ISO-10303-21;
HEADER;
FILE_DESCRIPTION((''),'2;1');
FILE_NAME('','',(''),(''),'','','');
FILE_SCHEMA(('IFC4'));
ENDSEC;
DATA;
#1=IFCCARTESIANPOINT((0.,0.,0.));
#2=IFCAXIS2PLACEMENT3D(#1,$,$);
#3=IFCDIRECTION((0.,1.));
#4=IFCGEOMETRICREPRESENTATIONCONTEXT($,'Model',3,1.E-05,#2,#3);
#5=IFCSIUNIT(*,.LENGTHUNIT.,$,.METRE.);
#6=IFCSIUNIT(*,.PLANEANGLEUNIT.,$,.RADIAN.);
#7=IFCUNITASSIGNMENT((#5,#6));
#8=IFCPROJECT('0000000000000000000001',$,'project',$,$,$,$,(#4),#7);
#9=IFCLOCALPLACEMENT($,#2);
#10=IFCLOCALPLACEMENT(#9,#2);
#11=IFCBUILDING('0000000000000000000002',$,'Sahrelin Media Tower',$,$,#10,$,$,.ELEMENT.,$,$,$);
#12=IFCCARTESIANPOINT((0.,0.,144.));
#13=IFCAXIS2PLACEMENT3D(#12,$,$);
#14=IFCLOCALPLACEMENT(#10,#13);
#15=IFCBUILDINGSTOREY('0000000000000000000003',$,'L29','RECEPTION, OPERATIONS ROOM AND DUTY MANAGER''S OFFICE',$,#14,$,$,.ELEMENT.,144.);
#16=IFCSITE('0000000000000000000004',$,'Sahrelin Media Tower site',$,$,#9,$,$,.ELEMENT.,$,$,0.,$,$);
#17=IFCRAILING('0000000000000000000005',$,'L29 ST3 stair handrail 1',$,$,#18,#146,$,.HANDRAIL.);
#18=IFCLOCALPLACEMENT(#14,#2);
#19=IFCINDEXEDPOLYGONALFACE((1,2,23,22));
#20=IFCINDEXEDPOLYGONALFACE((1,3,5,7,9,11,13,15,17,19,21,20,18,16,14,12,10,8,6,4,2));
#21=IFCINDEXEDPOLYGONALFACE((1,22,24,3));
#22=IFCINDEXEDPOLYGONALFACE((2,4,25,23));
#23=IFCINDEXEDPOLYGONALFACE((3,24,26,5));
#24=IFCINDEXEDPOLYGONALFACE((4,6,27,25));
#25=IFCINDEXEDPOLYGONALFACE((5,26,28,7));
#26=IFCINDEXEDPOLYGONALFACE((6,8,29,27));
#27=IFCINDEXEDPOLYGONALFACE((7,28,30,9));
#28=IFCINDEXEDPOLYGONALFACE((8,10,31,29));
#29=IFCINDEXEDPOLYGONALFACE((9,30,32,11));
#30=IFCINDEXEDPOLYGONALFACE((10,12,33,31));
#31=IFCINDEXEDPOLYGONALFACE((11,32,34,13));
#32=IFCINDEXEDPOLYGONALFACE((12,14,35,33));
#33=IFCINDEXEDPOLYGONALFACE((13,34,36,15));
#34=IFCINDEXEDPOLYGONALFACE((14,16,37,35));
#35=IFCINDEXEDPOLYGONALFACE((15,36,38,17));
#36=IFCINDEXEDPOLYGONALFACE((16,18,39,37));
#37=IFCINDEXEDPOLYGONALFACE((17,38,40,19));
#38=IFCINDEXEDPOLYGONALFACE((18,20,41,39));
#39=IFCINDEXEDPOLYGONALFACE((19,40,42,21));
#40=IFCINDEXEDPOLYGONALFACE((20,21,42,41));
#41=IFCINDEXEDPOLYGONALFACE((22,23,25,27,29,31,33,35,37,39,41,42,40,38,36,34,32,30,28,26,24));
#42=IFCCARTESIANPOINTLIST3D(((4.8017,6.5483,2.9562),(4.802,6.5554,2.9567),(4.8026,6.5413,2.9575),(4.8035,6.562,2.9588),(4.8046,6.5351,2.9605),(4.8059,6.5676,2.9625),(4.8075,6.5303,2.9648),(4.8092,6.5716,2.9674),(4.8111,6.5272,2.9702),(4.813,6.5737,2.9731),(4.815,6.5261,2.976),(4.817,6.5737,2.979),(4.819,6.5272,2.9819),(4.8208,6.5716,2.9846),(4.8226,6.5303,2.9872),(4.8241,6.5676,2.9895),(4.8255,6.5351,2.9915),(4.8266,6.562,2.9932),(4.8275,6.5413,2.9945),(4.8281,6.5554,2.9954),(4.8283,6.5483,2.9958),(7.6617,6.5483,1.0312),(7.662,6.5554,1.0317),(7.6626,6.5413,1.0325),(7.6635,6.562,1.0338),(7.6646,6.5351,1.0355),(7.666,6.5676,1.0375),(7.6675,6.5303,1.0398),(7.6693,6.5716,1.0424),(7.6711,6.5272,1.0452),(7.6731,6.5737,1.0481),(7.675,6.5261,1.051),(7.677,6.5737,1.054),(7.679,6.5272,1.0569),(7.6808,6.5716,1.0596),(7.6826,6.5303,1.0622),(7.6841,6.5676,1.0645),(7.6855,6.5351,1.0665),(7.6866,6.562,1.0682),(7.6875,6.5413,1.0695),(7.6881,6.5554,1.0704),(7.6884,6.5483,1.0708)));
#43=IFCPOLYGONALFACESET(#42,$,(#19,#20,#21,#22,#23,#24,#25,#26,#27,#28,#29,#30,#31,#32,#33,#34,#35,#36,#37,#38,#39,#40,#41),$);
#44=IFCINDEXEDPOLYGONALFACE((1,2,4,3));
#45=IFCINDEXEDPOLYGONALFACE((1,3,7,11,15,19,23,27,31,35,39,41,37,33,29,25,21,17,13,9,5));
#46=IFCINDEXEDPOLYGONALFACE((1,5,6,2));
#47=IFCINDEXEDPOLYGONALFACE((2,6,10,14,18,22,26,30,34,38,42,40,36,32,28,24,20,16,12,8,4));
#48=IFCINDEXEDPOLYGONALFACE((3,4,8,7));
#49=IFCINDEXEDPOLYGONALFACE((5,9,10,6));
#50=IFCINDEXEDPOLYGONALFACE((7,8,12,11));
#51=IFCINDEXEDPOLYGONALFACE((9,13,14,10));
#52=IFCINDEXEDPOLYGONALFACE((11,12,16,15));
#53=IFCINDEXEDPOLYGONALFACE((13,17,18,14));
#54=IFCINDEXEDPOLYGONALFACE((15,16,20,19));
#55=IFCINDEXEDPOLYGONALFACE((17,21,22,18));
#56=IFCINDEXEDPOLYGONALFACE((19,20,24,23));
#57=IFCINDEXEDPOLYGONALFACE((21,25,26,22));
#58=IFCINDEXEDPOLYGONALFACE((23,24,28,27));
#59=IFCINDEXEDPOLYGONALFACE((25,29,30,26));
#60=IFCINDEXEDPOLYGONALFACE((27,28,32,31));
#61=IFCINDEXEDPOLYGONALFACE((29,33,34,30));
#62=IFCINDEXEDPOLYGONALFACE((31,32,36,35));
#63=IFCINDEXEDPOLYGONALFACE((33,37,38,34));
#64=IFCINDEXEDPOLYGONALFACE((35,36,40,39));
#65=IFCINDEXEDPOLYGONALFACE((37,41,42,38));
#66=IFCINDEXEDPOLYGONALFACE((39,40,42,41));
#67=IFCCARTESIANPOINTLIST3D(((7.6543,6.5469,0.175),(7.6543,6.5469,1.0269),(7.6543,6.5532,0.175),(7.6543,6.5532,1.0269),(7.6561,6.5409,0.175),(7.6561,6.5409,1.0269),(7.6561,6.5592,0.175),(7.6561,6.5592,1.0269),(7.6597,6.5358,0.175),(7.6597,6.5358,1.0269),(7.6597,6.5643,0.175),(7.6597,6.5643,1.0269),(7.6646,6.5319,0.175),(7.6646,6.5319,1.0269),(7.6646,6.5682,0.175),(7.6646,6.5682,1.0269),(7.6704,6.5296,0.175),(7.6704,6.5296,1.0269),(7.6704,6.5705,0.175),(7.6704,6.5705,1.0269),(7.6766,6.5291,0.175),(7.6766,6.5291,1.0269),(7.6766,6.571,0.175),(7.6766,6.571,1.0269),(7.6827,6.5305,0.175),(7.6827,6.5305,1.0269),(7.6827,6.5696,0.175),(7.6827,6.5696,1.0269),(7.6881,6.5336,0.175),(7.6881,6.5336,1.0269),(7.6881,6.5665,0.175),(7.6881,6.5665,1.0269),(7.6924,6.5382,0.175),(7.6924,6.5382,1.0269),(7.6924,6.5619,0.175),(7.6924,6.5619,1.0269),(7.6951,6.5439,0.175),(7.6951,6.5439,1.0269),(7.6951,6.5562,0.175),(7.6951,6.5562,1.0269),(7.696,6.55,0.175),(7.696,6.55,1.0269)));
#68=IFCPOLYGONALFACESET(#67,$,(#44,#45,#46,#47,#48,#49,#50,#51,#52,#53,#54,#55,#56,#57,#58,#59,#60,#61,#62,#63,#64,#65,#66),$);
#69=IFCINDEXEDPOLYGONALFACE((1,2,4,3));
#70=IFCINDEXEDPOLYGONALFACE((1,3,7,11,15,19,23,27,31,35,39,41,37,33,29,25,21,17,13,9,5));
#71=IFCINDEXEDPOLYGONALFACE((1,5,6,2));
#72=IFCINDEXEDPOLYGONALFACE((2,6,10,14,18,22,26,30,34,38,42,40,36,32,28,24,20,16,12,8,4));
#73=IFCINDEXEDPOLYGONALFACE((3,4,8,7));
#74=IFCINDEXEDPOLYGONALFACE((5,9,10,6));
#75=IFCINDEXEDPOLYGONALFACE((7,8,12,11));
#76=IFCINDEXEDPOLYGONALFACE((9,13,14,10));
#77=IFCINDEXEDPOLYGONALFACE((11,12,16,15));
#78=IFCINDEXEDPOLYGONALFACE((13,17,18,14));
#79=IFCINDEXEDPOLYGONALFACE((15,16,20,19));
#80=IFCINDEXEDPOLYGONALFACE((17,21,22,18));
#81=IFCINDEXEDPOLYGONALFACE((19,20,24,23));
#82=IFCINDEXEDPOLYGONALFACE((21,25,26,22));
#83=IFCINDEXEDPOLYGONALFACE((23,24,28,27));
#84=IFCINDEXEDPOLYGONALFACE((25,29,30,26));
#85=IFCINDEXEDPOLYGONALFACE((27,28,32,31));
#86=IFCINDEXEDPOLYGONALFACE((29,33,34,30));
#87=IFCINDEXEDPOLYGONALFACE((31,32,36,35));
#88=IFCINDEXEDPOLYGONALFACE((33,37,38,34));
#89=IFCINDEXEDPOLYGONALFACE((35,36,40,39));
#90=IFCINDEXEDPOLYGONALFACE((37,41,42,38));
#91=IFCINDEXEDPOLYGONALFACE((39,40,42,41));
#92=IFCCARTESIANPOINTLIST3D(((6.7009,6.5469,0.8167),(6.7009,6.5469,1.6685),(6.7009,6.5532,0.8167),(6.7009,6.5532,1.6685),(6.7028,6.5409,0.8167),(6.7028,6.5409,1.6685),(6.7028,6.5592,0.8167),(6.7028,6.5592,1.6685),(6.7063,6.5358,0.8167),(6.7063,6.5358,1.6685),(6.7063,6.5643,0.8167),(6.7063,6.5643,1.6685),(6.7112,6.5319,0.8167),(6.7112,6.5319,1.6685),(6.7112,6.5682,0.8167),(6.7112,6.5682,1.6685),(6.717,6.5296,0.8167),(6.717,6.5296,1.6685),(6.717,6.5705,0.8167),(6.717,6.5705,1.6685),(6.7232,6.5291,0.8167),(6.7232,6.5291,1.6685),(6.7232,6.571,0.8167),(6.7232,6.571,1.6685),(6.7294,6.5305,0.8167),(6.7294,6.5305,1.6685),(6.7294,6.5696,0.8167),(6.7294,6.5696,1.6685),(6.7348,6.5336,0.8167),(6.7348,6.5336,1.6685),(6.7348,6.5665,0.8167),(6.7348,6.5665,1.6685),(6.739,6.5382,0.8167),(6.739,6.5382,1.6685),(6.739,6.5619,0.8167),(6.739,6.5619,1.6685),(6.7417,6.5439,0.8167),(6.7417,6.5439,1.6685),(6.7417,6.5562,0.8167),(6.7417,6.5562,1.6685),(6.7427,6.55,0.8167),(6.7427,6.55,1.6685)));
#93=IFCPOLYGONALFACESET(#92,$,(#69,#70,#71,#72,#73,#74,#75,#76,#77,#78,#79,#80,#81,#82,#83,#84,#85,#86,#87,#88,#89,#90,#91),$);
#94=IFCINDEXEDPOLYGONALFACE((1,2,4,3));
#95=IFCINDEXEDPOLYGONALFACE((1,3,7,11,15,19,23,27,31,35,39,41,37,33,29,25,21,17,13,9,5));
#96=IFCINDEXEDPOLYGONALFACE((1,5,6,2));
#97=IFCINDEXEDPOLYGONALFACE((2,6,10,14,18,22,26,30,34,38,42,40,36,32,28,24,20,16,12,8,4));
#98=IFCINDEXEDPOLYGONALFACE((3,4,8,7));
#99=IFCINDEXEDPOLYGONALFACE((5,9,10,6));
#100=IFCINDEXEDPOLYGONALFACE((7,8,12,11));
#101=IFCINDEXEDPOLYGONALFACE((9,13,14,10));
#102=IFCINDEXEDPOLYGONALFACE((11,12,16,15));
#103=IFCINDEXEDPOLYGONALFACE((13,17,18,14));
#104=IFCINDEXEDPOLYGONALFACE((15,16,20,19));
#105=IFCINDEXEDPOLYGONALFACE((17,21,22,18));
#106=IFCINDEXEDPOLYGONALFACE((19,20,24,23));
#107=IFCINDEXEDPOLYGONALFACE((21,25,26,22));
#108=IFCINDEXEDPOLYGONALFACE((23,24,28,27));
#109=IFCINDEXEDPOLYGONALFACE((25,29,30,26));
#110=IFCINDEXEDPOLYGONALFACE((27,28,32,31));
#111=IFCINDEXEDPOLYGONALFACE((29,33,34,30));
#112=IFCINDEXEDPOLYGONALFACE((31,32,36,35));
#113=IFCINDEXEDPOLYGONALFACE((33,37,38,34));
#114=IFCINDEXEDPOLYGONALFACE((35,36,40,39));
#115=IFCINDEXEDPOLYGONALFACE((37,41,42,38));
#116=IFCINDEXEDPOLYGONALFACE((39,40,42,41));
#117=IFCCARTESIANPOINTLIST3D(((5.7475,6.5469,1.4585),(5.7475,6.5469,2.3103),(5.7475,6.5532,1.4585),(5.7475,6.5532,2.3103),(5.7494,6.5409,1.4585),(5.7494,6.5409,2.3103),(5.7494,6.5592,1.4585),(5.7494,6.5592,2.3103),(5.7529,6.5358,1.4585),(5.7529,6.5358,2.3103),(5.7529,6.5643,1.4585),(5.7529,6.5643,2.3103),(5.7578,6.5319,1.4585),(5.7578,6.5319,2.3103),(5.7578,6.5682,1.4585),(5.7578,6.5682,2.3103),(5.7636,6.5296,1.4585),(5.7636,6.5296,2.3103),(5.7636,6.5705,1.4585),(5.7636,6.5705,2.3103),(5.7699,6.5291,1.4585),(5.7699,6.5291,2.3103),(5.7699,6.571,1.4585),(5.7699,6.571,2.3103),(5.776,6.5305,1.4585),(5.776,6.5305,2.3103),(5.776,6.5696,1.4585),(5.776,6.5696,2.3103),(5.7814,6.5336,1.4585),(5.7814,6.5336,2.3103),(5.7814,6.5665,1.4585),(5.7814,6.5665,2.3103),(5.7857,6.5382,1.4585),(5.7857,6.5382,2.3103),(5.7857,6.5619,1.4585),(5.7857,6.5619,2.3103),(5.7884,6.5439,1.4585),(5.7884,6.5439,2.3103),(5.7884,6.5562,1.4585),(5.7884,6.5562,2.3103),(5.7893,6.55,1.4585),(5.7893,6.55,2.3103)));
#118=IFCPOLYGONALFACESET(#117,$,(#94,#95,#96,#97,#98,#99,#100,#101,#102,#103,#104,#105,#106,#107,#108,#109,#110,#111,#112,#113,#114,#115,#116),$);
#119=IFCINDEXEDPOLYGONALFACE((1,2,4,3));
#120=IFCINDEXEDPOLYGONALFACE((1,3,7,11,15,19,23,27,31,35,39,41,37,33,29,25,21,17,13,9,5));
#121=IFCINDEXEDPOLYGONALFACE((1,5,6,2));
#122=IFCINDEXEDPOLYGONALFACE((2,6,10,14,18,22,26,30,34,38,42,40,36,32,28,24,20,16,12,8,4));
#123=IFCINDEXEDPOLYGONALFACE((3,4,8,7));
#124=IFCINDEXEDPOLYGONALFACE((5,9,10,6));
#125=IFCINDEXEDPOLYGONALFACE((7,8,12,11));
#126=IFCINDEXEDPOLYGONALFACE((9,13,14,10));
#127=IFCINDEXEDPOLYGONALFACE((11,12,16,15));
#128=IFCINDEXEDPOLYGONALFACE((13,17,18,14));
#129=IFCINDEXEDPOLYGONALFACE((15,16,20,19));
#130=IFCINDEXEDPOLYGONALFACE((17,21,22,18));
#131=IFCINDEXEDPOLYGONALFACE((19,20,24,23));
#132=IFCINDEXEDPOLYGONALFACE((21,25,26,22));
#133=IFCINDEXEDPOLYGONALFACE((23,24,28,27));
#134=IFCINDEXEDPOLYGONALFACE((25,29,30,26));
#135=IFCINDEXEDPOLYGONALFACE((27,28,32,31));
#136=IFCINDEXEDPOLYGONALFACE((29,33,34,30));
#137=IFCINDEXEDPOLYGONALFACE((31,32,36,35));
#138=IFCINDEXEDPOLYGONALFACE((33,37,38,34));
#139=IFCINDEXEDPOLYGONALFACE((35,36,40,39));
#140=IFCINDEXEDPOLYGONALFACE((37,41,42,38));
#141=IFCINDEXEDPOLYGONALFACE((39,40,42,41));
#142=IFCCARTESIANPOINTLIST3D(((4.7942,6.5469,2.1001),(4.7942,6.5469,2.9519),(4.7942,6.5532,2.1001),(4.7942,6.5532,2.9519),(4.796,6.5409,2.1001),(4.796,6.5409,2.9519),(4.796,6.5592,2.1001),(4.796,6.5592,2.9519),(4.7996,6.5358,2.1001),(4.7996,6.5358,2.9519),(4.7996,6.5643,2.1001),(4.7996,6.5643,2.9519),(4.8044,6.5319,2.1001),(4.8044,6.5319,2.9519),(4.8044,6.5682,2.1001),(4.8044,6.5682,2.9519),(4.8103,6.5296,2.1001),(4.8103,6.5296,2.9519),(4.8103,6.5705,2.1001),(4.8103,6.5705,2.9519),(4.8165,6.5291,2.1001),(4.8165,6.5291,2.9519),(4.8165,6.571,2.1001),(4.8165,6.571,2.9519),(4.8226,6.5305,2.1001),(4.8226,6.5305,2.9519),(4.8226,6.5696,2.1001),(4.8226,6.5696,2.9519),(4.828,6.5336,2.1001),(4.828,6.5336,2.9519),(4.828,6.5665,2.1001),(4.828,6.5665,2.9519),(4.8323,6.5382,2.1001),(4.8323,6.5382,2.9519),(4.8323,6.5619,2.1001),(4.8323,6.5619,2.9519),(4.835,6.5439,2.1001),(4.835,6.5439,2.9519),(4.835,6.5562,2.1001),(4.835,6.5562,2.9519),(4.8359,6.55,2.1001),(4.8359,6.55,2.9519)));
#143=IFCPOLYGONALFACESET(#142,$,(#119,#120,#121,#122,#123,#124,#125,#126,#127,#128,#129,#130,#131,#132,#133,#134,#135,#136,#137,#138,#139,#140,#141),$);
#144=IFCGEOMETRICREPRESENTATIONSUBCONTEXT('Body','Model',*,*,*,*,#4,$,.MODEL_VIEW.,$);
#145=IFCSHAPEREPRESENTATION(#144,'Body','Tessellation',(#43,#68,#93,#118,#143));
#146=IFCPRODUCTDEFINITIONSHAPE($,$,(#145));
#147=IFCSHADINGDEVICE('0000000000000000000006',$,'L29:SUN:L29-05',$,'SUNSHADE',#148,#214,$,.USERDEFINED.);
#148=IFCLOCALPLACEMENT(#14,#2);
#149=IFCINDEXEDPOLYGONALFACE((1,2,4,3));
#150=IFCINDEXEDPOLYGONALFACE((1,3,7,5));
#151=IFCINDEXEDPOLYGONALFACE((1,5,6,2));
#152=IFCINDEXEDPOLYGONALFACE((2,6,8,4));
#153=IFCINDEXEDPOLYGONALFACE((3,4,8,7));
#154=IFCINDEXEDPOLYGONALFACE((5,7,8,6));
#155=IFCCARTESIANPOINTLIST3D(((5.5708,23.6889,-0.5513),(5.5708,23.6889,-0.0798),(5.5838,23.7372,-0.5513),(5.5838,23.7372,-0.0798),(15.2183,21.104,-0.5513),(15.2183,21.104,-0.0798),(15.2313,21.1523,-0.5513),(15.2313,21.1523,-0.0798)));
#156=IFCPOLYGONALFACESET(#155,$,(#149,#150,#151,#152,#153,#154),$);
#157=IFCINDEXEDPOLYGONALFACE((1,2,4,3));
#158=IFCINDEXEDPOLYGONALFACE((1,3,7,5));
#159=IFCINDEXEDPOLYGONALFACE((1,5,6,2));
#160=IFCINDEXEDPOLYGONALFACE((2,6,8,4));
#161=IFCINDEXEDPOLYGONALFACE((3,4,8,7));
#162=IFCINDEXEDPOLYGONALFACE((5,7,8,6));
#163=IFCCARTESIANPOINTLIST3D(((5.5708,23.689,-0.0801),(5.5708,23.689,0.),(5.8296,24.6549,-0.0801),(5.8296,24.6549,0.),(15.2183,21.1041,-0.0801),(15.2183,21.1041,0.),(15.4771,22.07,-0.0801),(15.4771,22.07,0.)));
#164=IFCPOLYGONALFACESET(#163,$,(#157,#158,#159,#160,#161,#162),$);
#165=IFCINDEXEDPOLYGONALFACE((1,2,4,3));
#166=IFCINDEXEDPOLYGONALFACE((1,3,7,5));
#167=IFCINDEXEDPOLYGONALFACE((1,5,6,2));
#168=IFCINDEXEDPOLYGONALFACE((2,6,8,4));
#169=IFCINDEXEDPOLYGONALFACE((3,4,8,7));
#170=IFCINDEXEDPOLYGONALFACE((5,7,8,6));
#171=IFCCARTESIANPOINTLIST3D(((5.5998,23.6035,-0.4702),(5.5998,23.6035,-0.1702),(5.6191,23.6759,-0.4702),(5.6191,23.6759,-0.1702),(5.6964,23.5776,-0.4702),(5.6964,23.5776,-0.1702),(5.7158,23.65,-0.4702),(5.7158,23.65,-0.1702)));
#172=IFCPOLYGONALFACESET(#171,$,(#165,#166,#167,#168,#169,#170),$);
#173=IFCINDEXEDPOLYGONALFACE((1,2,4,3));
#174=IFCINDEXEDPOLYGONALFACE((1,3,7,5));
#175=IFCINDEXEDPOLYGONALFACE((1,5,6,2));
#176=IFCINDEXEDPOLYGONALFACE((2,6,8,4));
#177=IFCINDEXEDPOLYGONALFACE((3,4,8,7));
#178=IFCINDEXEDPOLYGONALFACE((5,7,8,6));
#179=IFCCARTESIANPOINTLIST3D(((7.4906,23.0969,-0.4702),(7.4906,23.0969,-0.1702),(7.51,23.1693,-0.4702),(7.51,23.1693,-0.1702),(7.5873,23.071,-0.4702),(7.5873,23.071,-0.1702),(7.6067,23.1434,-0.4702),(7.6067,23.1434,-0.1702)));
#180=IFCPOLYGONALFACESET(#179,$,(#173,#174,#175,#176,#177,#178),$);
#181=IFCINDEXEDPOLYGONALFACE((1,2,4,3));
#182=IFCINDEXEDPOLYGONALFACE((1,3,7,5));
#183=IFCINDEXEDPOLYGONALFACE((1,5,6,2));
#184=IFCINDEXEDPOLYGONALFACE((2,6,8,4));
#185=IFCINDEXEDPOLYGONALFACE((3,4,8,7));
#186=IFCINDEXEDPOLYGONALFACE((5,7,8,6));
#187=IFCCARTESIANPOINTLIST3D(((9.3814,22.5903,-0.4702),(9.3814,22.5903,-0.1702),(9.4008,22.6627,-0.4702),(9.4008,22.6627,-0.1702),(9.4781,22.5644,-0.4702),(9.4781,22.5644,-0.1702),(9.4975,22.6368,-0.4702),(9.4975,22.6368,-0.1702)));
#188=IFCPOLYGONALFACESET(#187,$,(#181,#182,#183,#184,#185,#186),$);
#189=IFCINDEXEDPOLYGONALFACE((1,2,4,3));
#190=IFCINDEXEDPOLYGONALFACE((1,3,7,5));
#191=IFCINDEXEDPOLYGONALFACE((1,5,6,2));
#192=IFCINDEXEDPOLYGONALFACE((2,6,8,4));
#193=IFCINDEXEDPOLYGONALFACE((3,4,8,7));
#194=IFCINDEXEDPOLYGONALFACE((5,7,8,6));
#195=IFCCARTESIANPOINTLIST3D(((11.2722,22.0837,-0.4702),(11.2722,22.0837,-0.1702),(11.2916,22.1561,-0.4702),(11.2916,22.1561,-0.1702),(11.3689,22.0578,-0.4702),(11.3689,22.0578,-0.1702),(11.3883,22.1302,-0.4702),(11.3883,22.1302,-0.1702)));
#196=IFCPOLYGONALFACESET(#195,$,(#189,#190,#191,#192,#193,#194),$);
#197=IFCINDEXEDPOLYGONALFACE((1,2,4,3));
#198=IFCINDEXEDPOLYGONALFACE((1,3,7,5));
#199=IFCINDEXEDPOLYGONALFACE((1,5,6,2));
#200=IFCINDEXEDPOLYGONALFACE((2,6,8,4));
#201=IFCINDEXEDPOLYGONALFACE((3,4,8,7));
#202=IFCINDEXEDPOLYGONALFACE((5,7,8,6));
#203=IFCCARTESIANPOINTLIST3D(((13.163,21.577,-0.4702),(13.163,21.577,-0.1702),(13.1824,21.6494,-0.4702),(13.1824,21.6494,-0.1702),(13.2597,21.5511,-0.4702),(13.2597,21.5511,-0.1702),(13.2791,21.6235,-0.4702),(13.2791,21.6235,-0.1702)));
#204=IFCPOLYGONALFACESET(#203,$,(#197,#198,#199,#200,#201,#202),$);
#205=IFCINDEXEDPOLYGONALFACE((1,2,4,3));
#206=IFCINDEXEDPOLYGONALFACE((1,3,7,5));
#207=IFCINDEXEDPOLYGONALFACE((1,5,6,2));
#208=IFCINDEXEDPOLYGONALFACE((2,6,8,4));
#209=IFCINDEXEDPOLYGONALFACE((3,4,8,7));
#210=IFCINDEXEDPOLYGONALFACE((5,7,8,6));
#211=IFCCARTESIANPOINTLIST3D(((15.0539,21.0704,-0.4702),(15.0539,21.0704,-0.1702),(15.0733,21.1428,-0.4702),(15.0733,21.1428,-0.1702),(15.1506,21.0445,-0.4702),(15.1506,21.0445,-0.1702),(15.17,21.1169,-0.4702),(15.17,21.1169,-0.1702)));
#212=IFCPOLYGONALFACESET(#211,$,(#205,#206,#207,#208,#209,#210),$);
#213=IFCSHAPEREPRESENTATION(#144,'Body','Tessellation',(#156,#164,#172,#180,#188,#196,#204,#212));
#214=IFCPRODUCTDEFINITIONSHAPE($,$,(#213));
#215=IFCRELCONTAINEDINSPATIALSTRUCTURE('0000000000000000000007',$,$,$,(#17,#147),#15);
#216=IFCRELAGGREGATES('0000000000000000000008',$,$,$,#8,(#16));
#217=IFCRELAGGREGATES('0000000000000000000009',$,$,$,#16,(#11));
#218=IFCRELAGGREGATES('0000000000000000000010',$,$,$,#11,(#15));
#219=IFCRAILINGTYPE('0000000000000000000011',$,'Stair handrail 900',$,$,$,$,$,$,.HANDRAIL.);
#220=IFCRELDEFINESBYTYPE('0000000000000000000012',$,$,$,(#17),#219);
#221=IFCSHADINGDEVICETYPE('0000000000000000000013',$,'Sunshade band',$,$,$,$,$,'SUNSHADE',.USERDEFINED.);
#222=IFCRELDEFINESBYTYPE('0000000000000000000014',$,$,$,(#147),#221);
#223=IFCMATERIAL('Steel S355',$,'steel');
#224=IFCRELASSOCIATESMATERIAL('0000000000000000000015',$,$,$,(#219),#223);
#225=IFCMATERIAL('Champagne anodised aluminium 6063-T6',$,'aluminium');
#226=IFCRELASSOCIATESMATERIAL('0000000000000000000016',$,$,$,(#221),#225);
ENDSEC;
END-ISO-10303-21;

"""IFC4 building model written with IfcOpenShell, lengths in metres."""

from ifc_helpers import new_model, si_unit, direction, frame, origin, origin_2d, place, context, subcontext, project, spatial, rectangle, circle, extrude, material, type_object, element, save


model = new_model("IFC4")

# Units and contexts
model_context = context("Model", 3, precision=1e-05, world=origin(), true_north=direction((0.0, 1.0)))
body_context = subcontext(model_context, "Body", "Model", "MODEL_VIEW")
ifc_project = project(units=[si_unit("LENGTHUNIT", "METRE"), si_unit("PLANEANGLEUNIT", "RADIAN")], contexts=[model_context])

# Site, building, storey
site_placement = place(None, origin())
site = spatial("IfcSite", under=ifc_project, at=site_placement, Name="Sahrelin Media Tower site", CompositionType="ELEMENT", RefElevation=0.0)
building_placement = place(site_placement, origin())
building = spatial("IfcBuilding", under=site, at=building_placement, Name="Sahrelin Media Tower", CompositionType="ELEMENT")
storey_placement = place(building_placement, frame((0.0, 0.0, 144.0)))
storey = spatial("IfcBuildingStorey", under=building, at=storey_placement, Name="L29", Description="RECEPTION, OPERATIONS ROOM AND DUTY MANAGER'S OFFICE", CompositionType="ELEMENT", Elevation=144.0)

# Shared definitions
ifc_material_1 = material(Name="Steel S355", Category="steel")

# Shared definitions
ifc_material_2 = material(Name="Champagne anodised aluminium 6063-T6", Category="aluminium")

# Shared definitions
placement_1 = place(storey_placement, frame((10.3894, 22.3772, 0.0), z_axis=(0.0, 0.0, 1.0), x_axis=(0.965929, -0.258808, 0.0)))

# Railing
railing_type = type_object("IfcRailingType", Name="Stair handrail 900", PredefinedType="HANDRAIL", material=ifc_material_1)
railing_placement = place(storey_placement, frame((7.675, 6.55, 0.175)))
element("IfcRailing", 1, at=railing_placement, inside=storey, type_object=railing_type, Name="L29 ST3 stair handrail 1", PredefinedType="HANDRAIL", context=body_context, shape_type="SweptSolid", body=[
    extrude(circle(Radius=0.0239, at=origin_2d()), frame((0.0, 0.0, 0.876), z_axis=(-0.829591, 0.0, 0.558372), x_axis=(0.0, -1.0, 0.0)), (0.0, 0.0, 1.0), 3.4475),
    extrude(circle(Radius=0.021, at=origin_2d()), origin(), (0.0, 0.0, 1.0), 0.8518),
    extrude(circle(Radius=0.021, at=origin_2d()), frame((-0.9534, 0.0, 0.6416)), (0.0, 0.0, 1.0), 0.8518),
    extrude(circle(Radius=0.021, at=origin_2d()), frame((-1.9067, 0.0, 1.2834)), (0.0, 0.0, 1.0), 0.8518),
    extrude(circle(Radius=0.021, at=origin_2d()), frame((-2.8601, 0.0, 1.925)), (0.0, 0.0, 1.0), 0.8518),
])

# Shading device
shading_device_type_1 = type_object("IfcShadingDeviceType", Name="Sunshade band", ElementType="SUNSHADE", PredefinedType="USERDEFINED", material=ifc_material_2)
element("IfcShadingDevice", 2, at=placement_1, inside=storey, type_object=shading_device_type_1, Name="L29:SUN:L29-05", ObjectType="SUNSHADE", PredefinedType="USERDEFINED", context=body_context, shape_type="SweptSolid", body=[
    extrude(rectangle(XDim=9.9878, YDim=0.05, at=origin_2d()), frame((0.0, 0.0449, -0.5513)), (0.0, 0.0, 1.0), 0.4714),
    extrude(rectangle(XDim=9.9878, YDim=1.0, at=origin_2d()), frame((0.0, 0.52, -0.0801)), (0.0, 0.0, 1.0), 0.0801),
    extrude(rectangle(XDim=0.1001, YDim=0.075, at=origin_2d()), frame((-4.8938, -0.0176, -0.4702)), (0.0, 0.0, 1.0), 0.3),
    extrude(rectangle(XDim=0.1001, YDim=0.075, at=origin_2d()), frame((-2.9363, -0.0176, -0.4702)), (0.0, 0.0, 1.0), 0.3),
    extrude(rectangle(XDim=0.1001, YDim=0.075, at=origin_2d()), frame((-0.9788, -0.0176, -0.4702)), (0.0, 0.0, 1.0), 0.3),
    extrude(rectangle(XDim=0.1001, YDim=0.075, at=origin_2d()), frame((0.9788, -0.0176, -0.4702)), (0.0, 0.0, 1.0), 0.3),
    extrude(rectangle(XDim=0.1001, YDim=0.075, at=origin_2d()), frame((2.9363, -0.0176, -0.4702)), (0.0, 0.0, 1.0), 0.3),
    extrude(rectangle(XDim=0.1001, YDim=0.075, at=origin_2d()), frame((4.8938, -0.0176, -0.4702)), (0.0, 0.0, 1.0), 0.3),
])

save(model, "model.ifc")
